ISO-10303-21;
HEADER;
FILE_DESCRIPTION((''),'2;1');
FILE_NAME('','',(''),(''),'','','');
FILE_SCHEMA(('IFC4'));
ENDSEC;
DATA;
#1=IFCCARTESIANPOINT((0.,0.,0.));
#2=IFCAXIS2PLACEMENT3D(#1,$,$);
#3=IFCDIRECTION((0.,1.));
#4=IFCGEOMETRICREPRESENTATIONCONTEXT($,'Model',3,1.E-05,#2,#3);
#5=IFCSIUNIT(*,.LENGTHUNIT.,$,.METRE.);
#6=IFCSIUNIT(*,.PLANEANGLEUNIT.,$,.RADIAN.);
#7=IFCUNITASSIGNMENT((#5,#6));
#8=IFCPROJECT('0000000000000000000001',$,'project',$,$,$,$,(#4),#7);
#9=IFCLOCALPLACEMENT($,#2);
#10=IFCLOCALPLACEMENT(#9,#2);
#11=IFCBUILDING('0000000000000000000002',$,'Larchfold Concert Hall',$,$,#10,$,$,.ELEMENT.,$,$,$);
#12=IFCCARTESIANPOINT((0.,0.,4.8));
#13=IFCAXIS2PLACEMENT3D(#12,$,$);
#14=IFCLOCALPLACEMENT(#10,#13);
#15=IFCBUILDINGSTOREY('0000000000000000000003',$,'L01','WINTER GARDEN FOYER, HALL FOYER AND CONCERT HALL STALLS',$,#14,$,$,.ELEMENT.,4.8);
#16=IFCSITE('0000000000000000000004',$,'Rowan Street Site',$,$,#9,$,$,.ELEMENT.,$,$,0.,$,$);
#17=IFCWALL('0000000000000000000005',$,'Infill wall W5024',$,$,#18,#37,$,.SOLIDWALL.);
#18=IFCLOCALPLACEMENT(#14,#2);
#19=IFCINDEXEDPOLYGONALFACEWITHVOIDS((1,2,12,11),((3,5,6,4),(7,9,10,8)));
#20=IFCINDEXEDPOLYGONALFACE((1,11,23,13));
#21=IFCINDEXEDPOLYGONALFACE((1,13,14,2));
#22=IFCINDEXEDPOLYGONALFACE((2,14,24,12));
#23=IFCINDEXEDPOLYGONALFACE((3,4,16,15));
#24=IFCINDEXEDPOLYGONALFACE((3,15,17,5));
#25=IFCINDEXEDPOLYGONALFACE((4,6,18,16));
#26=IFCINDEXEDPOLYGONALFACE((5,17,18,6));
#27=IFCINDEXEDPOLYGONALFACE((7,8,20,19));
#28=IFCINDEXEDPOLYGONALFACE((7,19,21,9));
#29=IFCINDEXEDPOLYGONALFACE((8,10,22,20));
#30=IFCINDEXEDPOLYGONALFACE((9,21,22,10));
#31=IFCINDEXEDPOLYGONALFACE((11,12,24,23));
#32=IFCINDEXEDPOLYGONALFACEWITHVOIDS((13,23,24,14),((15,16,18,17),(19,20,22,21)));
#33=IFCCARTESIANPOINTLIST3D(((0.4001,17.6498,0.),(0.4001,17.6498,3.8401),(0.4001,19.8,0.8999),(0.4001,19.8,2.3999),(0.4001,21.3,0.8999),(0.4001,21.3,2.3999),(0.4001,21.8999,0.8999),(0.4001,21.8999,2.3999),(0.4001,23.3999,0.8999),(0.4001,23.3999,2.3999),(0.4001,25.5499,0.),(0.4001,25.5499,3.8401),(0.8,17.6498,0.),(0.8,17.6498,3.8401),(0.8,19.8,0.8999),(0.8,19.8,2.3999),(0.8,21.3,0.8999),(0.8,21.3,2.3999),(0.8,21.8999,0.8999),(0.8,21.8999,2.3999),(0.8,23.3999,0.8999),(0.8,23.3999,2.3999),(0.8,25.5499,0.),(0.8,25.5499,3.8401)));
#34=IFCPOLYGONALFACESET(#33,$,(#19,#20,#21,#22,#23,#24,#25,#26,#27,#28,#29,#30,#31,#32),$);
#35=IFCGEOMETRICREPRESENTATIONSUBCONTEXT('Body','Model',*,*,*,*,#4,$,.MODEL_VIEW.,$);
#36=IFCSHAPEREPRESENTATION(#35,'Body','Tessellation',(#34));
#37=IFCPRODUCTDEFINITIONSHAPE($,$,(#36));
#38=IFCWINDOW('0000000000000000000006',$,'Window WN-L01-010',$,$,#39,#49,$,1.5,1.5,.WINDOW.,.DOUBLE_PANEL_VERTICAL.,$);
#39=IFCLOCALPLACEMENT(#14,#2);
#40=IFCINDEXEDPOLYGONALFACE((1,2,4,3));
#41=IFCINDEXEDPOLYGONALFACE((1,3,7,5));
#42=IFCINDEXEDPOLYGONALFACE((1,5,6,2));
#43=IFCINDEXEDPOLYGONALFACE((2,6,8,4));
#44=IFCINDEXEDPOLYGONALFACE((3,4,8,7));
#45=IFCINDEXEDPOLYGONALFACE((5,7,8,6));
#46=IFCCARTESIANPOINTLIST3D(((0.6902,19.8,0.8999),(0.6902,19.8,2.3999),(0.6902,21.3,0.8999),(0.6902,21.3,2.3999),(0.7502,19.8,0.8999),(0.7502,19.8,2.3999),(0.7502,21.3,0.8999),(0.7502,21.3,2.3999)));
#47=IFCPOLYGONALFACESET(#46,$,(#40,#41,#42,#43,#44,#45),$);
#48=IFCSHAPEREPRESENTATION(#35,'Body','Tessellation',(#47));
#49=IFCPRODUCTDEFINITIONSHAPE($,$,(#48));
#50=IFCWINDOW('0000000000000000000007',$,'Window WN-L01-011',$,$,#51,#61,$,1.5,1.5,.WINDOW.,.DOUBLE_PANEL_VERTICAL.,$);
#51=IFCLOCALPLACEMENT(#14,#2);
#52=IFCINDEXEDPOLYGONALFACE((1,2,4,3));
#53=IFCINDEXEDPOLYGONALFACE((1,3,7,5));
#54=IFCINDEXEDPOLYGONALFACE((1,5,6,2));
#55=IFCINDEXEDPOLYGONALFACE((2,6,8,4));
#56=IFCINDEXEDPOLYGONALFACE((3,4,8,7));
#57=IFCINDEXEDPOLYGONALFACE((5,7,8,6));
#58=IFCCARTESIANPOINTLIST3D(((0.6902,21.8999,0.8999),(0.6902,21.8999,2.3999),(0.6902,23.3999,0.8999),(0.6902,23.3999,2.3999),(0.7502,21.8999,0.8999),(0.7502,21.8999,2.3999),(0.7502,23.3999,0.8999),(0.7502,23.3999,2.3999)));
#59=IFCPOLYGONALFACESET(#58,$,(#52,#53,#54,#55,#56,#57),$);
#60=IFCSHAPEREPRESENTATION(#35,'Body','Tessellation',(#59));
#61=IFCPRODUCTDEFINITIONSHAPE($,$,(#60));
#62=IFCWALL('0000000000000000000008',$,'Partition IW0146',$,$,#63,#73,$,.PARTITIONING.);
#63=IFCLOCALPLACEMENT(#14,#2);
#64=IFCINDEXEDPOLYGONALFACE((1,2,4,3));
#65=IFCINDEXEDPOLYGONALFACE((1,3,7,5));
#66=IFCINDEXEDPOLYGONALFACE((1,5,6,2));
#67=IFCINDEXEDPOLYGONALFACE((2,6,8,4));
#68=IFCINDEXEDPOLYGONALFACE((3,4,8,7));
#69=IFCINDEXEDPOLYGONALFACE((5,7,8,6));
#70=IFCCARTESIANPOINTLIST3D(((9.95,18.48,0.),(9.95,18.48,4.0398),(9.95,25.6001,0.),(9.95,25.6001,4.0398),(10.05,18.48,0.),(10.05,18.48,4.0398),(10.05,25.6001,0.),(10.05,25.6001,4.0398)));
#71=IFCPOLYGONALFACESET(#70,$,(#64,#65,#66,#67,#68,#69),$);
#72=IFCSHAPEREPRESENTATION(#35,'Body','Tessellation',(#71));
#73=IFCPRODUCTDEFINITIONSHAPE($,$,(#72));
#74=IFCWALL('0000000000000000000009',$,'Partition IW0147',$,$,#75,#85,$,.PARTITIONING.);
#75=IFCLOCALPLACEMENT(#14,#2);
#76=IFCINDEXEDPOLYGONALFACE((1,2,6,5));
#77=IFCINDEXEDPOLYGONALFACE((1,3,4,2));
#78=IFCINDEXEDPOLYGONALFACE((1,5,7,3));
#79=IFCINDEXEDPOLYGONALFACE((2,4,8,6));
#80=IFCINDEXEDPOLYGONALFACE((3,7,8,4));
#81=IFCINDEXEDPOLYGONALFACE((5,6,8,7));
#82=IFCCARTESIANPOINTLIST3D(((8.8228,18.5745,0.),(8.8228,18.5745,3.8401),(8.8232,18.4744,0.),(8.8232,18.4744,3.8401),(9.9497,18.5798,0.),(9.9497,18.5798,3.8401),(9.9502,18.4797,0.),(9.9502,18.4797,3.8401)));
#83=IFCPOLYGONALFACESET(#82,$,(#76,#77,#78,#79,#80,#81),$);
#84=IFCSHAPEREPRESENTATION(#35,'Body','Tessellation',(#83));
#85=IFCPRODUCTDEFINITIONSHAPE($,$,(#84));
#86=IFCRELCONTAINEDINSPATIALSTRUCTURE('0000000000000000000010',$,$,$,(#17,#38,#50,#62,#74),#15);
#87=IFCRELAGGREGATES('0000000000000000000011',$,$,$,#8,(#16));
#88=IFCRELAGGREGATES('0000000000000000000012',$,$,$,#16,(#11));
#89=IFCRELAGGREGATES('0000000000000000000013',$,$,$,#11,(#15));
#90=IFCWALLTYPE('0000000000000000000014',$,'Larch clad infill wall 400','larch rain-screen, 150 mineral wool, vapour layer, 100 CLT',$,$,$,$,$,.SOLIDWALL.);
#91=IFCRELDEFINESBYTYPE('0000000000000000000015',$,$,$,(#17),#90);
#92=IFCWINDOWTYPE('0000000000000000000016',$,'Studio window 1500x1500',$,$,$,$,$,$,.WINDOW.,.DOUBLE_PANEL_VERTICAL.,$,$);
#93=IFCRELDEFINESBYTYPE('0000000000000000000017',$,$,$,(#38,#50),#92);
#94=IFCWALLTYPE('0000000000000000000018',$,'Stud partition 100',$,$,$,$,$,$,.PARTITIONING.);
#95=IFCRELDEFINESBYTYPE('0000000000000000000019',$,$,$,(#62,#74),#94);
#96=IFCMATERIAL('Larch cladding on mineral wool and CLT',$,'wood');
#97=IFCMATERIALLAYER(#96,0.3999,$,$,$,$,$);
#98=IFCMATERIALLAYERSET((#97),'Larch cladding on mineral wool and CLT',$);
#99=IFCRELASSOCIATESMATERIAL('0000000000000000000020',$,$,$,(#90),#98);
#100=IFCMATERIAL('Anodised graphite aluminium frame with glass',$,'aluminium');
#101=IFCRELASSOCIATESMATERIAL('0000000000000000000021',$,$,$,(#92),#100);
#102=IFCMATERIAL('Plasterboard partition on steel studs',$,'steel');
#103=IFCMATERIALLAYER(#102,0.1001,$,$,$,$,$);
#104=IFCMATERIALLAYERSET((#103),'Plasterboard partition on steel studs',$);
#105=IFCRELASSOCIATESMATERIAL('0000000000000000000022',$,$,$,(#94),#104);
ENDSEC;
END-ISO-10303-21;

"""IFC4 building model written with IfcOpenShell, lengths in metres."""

from ifc_helpers import new_model, si_unit, direction, frame, frame_2d, origin, place, context, subcontext, project, spatial, rectangle, extrude, material, layer, layer_set, type_object, element, fill, save


model = new_model("IFC4")

# Units and contexts
model_context = context("Model", 3, precision=1e-05, world=origin(), true_north=direction((0.0, 1.0)))
body_context = subcontext(model_context, "Body", "Model", "MODEL_VIEW")
ifc_project = project(units=[si_unit("LENGTHUNIT", "METRE"), si_unit("PLANEANGLEUNIT", "RADIAN")], contexts=[model_context])

# Site, building, storey
site_placement = place(None, origin())
site = spatial("IfcSite", under=ifc_project, at=site_placement, Name="Rowan Street Site", CompositionType="ELEMENT", RefElevation=0.0)
building_placement = place(site_placement, origin())
building = spatial("IfcBuilding", under=site, at=building_placement, Name="Larchfold Concert Hall", CompositionType="ELEMENT")
storey_placement = place(building_placement, frame((0.0, 0.0, 4.8)))
storey = spatial("IfcBuildingStorey", under=building, at=storey_placement, Name="L01", Description="WINTER GARDEN FOYER, HALL FOYER AND CONCERT HALL STALLS", CompositionType="ELEMENT", Elevation=4.8)

# Wall, openings, windows
ifc_material_1 = material(Name="Larch cladding on mineral wool and CLT", Category="wood")
ifc_layer_1 = layer(ifc_material_1, 0.3999)
ifc_layer_set_1 = layer_set([ifc_layer_1], Name="Larch cladding on mineral wool and CLT")
wall_type_1 = type_object("IfcWallType", Name="Larch clad infill wall 400", Description="larch rain-screen, 150 mineral wool, vapour layer, 100 CLT", PredefinedType="SOLIDWALL", material=ifc_layer_set_1)
wall_1_placement = place(storey_placement, frame((0.6001, 25.55, 0.0), z_axis=(0.0, 0.0, 1.0), x_axis=(0.0, -1.0, 0.0)))
wall_1 = element("IfcWall", 1, at=wall_1_placement, inside=storey, type_object=wall_type_1, Name="Infill wall W5024", PredefinedType="SOLIDWALL", context=body_context, shape_type="SweptSolid", body=[
    extrude(rectangle(XDim=7.9001, YDim=0.3999, at=frame_2d((3.9502, 0.0))), origin(), (0.0, 0.0, 1.0), 3.8401),
])
opening_1_placement = place(wall_1_placement, frame((4.25, 0.0, 0.8999)))
opening_1 = element("IfcOpeningElement", 2, at=opening_1_placement, cuts=wall_1, PredefinedType="OPENING", context=body_context, shape_type="SweptSolid", body=[
    extrude(rectangle(XDim=1.5, YDim=1.5, at=frame_2d((0.75, 0.75))), frame((0.0, 0.21, 0.0), z_axis=(0.0, -1.0, 0.0), x_axis=(1.0, 0.0, 0.0)), (0.0, 0.0, 1.0), 0.4199),
])
opening_2_placement = place(wall_1_placement, frame((2.1501, 0.0, 0.8999)))
opening_2 = element("IfcOpeningElement", 3, at=opening_2_placement, cuts=wall_1, PredefinedType="OPENING", context=body_context, shape_type="SweptSolid", body=[
    extrude(rectangle(XDim=1.5, YDim=1.5, at=frame_2d((0.75, 0.75))), frame((0.0, 0.21, 0.0), z_axis=(0.0, -1.0, 0.0), x_axis=(1.0, 0.0, 0.0)), (0.0, 0.0, 1.0), 0.4199),
])
ifc_material_2 = material(Name="Anodised graphite aluminium frame with glass", Category="aluminium")
window_type = type_object("IfcWindowType", Name="Studio window 1500x1500", PartitioningType="DOUBLE_PANEL_VERTICAL", PredefinedType="WINDOW", material=ifc_material_2)
window_1_placement = place(opening_1_placement, origin())
window_1 = element("IfcWindow", 4, at=window_1_placement, inside=storey, type_object=window_type, Name="Window WN-L01-010", OverallHeight=1.5, OverallWidth=1.5, PartitioningType="DOUBLE_PANEL_VERTICAL", PredefinedType="WINDOW", context=body_context, shape_type="SweptSolid", body=[
    extrude(rectangle(XDim=1.5, YDim=1.5, at=frame_2d((0.75, 0.75))), frame((0.0, 0.1501, 0.0), z_axis=(0.0, -1.0, 0.0), x_axis=(1.0, 0.0, 0.0)), (0.0, 0.0, 1.0), 0.0601),
])
fill(opening_1, window_1)
window_2_placement = place(opening_2_placement, origin())
window_2 = element("IfcWindow", 5, at=window_2_placement, inside=storey, type_object=window_type, Name="Window WN-L01-011", OverallHeight=1.5, OverallWidth=1.5, PartitioningType="DOUBLE_PANEL_VERTICAL", PredefinedType="WINDOW", context=body_context, shape_type="SweptSolid", body=[
    extrude(rectangle(XDim=1.5, YDim=1.5, at=frame_2d((0.75, 0.75))), frame((0.0, 0.1501, 0.0), z_axis=(0.0, -1.0, 0.0), x_axis=(1.0, 0.0, 0.0)), (0.0, 0.0, 1.0), 0.0601),
])
fill(opening_2, window_2)

# Walls
ifc_material_3 = material(Name="Plasterboard partition on steel studs", Category="steel")
ifc_layer_2 = layer(ifc_material_3, 0.1001)
ifc_layer_set_2 = layer_set([ifc_layer_2], Name="Plasterboard partition on steel studs")
wall_type_2 = type_object("IfcWallType", Name="Stud partition 100", PredefinedType="PARTITIONING", material=ifc_layer_set_2)
wall_2_placement = place(storey_placement, frame((10.0, 18.48, 0.0), z_axis=(0.0, 0.0, 1.0), x_axis=(0.0, 1.0, 0.0)))
element("IfcWall", 6, at=wall_2_placement, inside=storey, type_object=wall_type_2, Name="Partition IW0146", PredefinedType="PARTITIONING", context=body_context, shape_type="SweptSolid", body=[
    extrude(rectangle(XDim=7.1201, YDim=0.1001, at=frame_2d((3.5601, 0.0))), origin(), (0.0, 0.0, 1.0), 4.0398),
])
wall_3_placement = place(storey_placement, frame((8.823, 18.5244, 0.0), z_axis=(0.0, 0.0, 1.0), x_axis=(0.999989, 0.004766, 0.0)))
element("IfcWall", 7, at=wall_3_placement, inside=storey, type_object=wall_type_2, Name="Partition IW0147", PredefinedType="PARTITIONING", context=body_context, shape_type="SweptSolid", body=[
    extrude(rectangle(XDim=1.127, YDim=0.1001, at=frame_2d((0.5635, 0.0))), origin(), (0.0, 0.0, 1.0), 3.8401),
])

save(model, "model.ifc")
